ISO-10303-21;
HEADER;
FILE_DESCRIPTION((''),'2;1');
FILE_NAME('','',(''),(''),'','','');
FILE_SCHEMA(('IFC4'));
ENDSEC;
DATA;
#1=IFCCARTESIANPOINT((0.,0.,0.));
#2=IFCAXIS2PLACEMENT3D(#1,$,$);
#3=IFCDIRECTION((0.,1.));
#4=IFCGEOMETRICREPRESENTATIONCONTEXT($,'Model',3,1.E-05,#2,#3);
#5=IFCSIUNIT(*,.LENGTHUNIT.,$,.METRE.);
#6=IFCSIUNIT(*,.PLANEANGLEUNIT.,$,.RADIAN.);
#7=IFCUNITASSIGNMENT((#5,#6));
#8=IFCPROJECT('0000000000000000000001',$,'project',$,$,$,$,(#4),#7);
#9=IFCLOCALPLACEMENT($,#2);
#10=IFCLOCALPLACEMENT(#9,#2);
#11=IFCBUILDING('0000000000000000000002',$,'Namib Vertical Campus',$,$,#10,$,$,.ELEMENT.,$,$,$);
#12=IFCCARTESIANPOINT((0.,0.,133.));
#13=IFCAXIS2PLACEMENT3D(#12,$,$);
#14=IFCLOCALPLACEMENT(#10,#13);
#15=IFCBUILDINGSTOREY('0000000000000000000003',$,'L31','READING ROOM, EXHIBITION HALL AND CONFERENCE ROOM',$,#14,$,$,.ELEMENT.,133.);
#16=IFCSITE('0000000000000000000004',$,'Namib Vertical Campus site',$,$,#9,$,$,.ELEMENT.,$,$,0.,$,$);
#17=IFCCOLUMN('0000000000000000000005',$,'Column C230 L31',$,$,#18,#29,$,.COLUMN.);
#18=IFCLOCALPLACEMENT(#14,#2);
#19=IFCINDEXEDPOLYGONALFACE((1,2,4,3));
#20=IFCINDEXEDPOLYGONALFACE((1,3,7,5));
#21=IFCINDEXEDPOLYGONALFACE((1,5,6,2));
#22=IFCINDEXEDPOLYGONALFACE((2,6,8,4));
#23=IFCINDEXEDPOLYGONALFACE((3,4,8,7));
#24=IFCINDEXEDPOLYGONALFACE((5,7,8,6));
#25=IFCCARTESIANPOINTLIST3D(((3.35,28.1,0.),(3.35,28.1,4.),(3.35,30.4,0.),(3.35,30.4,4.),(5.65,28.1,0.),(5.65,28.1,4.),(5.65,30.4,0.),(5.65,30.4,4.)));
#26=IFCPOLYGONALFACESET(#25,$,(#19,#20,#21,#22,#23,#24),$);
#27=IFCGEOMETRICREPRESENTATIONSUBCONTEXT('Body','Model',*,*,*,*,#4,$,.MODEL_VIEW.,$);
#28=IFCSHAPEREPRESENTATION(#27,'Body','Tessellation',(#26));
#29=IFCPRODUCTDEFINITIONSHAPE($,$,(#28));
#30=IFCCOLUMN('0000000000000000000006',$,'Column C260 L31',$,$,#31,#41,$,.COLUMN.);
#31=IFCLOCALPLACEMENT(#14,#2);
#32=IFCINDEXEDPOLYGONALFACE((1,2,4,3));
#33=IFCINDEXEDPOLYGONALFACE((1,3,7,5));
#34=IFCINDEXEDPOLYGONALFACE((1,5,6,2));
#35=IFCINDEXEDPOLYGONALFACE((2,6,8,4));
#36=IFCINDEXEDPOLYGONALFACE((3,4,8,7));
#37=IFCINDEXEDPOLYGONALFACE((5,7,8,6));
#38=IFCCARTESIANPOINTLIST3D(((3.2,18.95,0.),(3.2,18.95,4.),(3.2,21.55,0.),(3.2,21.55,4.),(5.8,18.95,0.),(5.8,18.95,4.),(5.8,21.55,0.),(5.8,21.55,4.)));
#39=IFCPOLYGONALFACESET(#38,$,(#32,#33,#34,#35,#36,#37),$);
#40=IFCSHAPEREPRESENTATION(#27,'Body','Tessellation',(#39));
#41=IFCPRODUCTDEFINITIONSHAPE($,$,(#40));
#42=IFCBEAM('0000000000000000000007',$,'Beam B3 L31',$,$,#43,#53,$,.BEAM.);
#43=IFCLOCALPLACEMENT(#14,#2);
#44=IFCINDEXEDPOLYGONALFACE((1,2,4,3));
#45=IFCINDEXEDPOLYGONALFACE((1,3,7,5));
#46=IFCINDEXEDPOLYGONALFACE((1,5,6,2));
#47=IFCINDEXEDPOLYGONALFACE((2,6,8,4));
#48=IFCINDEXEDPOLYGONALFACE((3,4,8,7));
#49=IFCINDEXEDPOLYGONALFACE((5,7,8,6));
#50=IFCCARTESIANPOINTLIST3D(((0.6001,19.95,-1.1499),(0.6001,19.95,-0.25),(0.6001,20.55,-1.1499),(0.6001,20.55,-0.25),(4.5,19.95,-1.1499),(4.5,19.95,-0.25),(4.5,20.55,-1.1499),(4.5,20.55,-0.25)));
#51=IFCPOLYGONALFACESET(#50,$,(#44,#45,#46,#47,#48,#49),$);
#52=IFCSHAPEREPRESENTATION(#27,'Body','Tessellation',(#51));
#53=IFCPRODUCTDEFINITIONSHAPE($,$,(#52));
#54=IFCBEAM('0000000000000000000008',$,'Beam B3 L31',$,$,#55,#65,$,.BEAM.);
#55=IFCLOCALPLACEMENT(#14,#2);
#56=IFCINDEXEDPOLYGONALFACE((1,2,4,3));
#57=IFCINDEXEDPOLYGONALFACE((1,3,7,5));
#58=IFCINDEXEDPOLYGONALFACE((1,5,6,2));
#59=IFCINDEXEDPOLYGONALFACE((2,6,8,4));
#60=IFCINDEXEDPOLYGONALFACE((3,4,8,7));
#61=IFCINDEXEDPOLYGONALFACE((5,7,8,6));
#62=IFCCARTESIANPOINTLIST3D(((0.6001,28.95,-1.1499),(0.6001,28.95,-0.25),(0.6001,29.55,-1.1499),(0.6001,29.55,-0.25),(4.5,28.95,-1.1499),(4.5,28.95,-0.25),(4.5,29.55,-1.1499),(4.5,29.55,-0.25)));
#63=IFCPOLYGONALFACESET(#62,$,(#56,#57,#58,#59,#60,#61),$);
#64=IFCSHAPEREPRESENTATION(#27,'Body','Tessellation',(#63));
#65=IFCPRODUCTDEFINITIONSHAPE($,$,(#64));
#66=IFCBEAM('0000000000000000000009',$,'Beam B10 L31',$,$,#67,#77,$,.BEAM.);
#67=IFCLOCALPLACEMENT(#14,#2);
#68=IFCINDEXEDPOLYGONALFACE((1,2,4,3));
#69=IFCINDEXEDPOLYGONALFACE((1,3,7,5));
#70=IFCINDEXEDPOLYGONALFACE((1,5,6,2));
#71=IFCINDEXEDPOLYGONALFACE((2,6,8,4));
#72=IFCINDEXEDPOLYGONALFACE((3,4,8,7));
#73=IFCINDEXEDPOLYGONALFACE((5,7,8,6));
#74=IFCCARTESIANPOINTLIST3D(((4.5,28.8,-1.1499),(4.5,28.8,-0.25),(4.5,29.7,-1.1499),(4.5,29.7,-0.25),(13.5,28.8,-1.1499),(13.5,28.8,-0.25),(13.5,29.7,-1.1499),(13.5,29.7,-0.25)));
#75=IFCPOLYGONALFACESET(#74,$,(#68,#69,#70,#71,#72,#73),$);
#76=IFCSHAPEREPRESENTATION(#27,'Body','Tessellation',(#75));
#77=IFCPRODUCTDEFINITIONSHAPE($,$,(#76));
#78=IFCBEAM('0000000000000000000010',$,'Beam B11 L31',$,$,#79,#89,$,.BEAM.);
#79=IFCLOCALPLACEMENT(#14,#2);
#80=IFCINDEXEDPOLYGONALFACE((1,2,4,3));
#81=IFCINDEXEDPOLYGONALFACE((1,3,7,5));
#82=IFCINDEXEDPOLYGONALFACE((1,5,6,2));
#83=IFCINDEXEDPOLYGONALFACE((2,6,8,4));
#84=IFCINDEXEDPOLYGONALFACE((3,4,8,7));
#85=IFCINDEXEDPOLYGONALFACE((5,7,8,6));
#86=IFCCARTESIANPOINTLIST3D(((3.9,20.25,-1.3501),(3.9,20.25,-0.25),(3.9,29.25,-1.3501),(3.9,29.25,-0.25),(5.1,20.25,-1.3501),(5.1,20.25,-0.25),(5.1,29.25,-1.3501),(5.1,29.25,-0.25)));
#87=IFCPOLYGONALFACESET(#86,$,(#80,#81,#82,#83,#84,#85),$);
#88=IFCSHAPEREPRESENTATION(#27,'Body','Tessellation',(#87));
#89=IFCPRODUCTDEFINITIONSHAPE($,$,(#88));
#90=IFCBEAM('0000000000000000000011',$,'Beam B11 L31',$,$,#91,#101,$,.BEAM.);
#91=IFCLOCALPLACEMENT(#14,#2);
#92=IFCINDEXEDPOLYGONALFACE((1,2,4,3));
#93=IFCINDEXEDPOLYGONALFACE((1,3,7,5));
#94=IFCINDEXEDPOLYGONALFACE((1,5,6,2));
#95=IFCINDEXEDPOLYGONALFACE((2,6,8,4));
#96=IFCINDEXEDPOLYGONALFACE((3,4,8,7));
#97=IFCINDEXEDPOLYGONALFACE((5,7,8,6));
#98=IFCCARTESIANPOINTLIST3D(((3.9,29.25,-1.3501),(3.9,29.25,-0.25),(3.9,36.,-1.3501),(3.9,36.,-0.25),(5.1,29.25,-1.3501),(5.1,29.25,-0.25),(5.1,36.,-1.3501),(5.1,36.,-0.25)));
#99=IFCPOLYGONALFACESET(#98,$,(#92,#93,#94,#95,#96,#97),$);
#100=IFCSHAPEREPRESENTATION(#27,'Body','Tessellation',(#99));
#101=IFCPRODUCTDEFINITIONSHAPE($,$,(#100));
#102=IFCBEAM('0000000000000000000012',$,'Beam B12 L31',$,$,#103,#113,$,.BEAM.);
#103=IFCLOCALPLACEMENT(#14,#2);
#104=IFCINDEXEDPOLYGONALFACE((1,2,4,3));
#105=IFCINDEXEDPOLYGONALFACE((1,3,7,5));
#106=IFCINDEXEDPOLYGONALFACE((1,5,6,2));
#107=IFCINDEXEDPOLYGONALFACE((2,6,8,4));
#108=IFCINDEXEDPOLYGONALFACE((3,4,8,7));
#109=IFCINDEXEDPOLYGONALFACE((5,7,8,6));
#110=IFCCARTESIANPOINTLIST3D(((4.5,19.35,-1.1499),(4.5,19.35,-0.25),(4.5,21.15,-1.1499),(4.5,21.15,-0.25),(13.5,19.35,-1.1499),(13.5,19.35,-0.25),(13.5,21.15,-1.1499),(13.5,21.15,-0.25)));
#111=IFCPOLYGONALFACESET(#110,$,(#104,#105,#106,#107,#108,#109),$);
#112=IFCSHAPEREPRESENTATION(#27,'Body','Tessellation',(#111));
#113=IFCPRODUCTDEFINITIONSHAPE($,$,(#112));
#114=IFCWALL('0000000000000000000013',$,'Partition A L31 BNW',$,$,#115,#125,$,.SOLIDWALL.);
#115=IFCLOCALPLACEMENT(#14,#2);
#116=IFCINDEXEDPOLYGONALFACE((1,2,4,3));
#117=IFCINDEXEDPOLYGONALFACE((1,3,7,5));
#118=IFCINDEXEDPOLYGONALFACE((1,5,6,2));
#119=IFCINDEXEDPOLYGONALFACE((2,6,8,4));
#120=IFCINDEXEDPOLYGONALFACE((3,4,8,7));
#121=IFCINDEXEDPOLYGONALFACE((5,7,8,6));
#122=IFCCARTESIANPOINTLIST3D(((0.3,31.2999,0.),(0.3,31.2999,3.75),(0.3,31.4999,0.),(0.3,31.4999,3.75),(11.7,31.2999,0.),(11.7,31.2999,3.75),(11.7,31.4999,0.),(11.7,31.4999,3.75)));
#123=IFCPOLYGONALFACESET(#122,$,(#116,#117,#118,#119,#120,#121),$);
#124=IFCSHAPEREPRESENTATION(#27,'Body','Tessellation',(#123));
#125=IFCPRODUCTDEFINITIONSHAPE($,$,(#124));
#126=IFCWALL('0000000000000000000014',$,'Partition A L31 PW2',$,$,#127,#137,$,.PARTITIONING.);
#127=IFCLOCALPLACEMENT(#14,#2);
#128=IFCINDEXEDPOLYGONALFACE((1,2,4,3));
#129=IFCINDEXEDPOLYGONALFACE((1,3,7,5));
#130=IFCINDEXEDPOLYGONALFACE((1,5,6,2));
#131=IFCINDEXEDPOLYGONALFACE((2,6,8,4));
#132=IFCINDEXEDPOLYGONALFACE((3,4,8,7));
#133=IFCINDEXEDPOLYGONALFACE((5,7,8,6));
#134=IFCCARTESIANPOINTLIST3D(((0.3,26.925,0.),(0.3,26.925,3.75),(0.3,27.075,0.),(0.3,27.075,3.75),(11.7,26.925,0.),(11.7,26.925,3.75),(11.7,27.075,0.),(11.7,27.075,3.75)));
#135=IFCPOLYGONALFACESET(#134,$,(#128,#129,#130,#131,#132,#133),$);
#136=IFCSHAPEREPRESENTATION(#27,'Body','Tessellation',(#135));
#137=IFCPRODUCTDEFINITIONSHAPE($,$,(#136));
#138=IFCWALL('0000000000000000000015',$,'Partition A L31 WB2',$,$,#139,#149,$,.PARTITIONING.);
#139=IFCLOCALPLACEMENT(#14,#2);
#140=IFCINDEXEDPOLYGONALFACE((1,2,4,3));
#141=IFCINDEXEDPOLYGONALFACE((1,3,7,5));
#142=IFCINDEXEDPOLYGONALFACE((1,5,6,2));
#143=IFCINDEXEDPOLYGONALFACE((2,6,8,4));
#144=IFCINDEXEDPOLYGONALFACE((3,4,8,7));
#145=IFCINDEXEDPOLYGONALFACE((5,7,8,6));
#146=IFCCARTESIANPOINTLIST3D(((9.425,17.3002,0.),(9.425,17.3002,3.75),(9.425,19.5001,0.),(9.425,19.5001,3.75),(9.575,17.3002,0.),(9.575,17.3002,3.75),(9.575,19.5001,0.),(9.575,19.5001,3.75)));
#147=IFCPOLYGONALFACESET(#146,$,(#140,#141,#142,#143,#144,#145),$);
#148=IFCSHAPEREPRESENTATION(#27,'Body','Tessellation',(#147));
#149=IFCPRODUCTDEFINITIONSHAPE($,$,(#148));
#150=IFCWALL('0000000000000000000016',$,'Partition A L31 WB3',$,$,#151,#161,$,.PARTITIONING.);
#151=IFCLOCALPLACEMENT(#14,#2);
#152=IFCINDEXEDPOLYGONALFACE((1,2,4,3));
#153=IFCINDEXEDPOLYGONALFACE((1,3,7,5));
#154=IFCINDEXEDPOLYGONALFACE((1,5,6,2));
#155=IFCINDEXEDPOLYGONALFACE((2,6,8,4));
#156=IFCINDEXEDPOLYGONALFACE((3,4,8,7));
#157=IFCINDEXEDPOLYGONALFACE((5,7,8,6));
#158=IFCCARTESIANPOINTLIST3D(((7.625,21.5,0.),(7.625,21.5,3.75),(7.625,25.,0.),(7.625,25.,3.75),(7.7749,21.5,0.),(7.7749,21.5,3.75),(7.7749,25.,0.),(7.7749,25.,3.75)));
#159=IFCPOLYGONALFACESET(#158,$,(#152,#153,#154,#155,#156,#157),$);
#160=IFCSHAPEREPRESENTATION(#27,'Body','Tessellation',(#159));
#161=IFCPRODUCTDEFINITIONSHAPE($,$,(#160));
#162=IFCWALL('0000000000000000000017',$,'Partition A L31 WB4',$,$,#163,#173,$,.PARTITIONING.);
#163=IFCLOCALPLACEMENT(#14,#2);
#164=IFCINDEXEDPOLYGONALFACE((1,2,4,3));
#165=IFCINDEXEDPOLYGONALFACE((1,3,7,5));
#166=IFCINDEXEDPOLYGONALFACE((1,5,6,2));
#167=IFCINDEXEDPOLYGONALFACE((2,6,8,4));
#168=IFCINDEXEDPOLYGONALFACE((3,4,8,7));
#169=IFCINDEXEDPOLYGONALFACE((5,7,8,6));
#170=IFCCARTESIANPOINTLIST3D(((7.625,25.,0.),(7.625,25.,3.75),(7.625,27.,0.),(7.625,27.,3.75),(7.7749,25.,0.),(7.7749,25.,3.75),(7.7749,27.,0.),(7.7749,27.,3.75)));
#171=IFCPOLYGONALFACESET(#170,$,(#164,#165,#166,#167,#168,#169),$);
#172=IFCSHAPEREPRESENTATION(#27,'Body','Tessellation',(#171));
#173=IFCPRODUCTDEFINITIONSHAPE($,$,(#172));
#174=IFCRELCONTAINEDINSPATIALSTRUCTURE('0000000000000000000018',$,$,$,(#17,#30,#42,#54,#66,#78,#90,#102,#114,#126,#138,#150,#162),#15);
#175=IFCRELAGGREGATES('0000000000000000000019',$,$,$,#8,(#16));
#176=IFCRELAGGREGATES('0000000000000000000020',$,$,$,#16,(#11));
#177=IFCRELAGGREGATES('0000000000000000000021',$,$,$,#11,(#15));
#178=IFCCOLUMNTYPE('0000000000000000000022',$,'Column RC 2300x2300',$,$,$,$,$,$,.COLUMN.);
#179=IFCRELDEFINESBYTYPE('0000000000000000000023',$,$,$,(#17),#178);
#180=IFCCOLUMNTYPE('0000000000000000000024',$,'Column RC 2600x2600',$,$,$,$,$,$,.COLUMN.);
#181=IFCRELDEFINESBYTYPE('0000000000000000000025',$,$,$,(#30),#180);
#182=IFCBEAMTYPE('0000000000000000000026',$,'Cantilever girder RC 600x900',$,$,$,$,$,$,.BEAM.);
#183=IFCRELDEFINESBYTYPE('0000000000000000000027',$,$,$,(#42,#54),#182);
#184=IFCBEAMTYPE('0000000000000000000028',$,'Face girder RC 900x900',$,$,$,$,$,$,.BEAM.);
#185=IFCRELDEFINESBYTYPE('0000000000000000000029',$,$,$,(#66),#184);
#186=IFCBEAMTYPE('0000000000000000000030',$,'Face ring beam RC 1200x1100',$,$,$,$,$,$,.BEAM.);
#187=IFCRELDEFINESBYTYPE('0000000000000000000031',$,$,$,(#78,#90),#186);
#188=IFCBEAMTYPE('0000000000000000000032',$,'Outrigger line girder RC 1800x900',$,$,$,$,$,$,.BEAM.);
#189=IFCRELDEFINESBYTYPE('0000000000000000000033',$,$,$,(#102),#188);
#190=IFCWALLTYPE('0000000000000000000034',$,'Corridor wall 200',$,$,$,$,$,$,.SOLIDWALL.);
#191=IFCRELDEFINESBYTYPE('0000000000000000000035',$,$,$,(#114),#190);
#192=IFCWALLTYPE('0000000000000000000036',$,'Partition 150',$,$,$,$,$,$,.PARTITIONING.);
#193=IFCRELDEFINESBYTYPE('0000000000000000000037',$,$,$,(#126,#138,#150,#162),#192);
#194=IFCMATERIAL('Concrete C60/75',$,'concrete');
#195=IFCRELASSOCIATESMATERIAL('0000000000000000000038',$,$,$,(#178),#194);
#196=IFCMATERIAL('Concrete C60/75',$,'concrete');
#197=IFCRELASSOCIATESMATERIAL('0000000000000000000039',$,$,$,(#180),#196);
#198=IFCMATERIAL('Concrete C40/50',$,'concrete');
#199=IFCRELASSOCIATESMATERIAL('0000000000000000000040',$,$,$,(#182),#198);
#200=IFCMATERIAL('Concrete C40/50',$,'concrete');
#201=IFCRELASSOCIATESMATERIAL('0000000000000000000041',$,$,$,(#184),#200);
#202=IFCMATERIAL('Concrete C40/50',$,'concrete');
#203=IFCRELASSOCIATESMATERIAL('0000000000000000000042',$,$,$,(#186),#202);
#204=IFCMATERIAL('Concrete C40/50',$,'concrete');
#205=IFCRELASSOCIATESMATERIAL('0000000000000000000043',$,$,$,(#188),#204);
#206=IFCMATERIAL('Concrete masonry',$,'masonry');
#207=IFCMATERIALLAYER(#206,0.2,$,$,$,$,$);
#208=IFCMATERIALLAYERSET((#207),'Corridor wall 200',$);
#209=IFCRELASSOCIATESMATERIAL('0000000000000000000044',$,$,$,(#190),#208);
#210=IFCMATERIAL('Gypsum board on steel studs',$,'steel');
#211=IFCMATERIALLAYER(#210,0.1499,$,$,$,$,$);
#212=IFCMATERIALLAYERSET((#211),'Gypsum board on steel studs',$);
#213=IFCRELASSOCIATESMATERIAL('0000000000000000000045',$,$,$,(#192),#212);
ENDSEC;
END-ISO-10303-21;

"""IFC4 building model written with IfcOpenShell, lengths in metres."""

from ifc_helpers import new_model, si_unit, direction, frame, frame_2d, origin, origin_2d, place, context, subcontext, project, spatial, rectangle, extrude, material, layer, layer_set, material_profile, profile_set, type_object, element, save


model = new_model("IFC4")

# Units and contexts
model_context = context("Model", 3, precision=1e-05, world=origin(), true_north=direction((0.0, 1.0)))
body_context = subcontext(model_context, "Body", "Model", "MODEL_VIEW")
ifc_project = project(units=[si_unit("LENGTHUNIT", "METRE"), si_unit("PLANEANGLEUNIT", "RADIAN")], contexts=[model_context])

# Site, building, storey
site_placement = place(None, origin())
site = spatial("IfcSite", under=ifc_project, at=site_placement, Name="Namib Vertical Campus site", CompositionType="ELEMENT", RefElevation=0.0)
building_placement = place(site_placement, origin())
building = spatial("IfcBuilding", under=site, at=building_placement, Name="Namib Vertical Campus", CompositionType="ELEMENT")
storey_placement = place(building_placement, frame((0.0, 0.0, 133.0)))
storey = spatial("IfcBuildingStorey", under=building, at=storey_placement, Name="L31", Description="READING ROOM, EXHIBITION HALL AND CONFERENCE ROOM", CompositionType="ELEMENT", Elevation=133.0)

# Columns
ifc_material_1 = material(Name="Concrete C60/75", Category="concrete")
ifc_material_profile_1 = material_profile(ifc_material_1, rectangle(XDim=2.3, YDim=2.3, at=origin_2d()))
ifc_profile_set_1 = profile_set([ifc_material_profile_1], Name="Concrete C60/75")
column_type_1 = type_object("IfcColumnType", Name="Column RC 2300x2300", PredefinedType="COLUMN", material=ifc_profile_set_1)
column_1_placement = place(storey_placement, frame((4.5, 29.25, 0.0), z_axis=(0.0, 0.0, 1.0), x_axis=(1.0, 0.0, 0.0)))
element("IfcColumn", 1, at=column_1_placement, inside=storey, type_object=column_type_1, Name="Column C230 L31", PredefinedType="COLUMN", context=body_context, shape_type="SweptSolid", body=[
    extrude(rectangle(XDim=2.3, YDim=2.3, at=origin_2d()), origin(), (0.0, 0.0, 1.0), 4.0),
])
ifc_material_2 = material(Name="Concrete C60/75", Category="concrete")
ifc_material_profile_2 = material_profile(ifc_material_2, rectangle(XDim=2.6001, YDim=2.6001, at=origin_2d()))
ifc_profile_set_2 = profile_set([ifc_material_profile_2], Name="Concrete C60/75")
column_type_2 = type_object("IfcColumnType", Name="Column RC 2600x2600", PredefinedType="COLUMN", material=ifc_profile_set_2)
column_2_placement = place(storey_placement, frame((4.5, 20.25, 0.0), z_axis=(0.0, 0.0, 1.0), x_axis=(1.0, 0.0, 0.0)))
element("IfcColumn", 2, at=column_2_placement, inside=storey, type_object=column_type_2, Name="Column C260 L31", PredefinedType="COLUMN", context=body_context, shape_type="SweptSolid", body=[
    extrude(rectangle(XDim=2.6001, YDim=2.6001, at=origin_2d()), origin(), (0.0, 0.0, 1.0), 4.0),
])

# Beams
ifc_material_3 = material(Name="Concrete C40/50", Category="concrete")
ifc_material_profile_3 = material_profile(ifc_material_3, rectangle(XDim=0.6001, YDim=0.8999, at=origin_2d()))
ifc_profile_set_3 = profile_set([ifc_material_profile_3], Name="Concrete C40/50")
beam_type_1 = type_object("IfcBeamType", Name="Cantilever girder RC 600x900", PredefinedType="BEAM", material=ifc_profile_set_3)
for number, where, z_axis, x_axis, name in (
    (3, (4.5, 20.25, -0.7), (-1.0, 0.0, 0.0), (0.0, -1.0, 0.0), "Beam B3 L31"),
    (4, (4.5, 29.25, -0.7), (-1.0, 0.0, 0.0), (0.0, -1.0, 0.0), "Beam B3 L31"),
):
    element("IfcBeam", number, at=place(storey_placement, frame(where, z_axis=z_axis, x_axis=x_axis)), inside=storey, type_object=beam_type_1, Name=name, PredefinedType="BEAM", context=body_context, shape_type="SweptSolid", body=[
        extrude(rectangle(XDim=0.6001, YDim=0.8999, at=origin_2d()), origin(), (0.0, 0.0, 1.0), 3.8999),
    ])
ifc_material_4 = material(Name="Concrete C40/50", Category="concrete")
ifc_material_profile_4 = material_profile(ifc_material_4, rectangle(XDim=0.8999, YDim=0.8999, at=origin_2d()))
ifc_profile_set_4 = profile_set([ifc_material_profile_4], Name="Concrete C40/50")
beam_type_2 = type_object("IfcBeamType", Name="Face girder RC 900x900", PredefinedType="BEAM", material=ifc_profile_set_4)
beam_1_placement = place(storey_placement, frame((4.5, 29.25, -0.7), z_axis=(1.0, 0.0, 0.0), x_axis=(0.0, 1.0, 0.0)))
element("IfcBeam", 5, at=beam_1_placement, inside=storey, type_object=beam_type_2, Name="Beam B10 L31", PredefinedType="BEAM", context=body_context, shape_type="SweptSolid", body=[
    extrude(rectangle(XDim=0.8999, YDim=0.8999, at=origin_2d()), origin(), (0.0, 0.0, 1.0), 9.0),
])
ifc_material_5 = material(Name="Concrete C40/50", Category="concrete")
ifc_material_profile_5 = material_profile(ifc_material_5, rectangle(XDim=1.2, YDim=1.1001, at=origin_2d()))
ifc_profile_set_5 = profile_set([ifc_material_profile_5], Name="Concrete C40/50")
beam_type_3 = type_object("IfcBeamType", Name="Face ring beam RC 1200x1100", PredefinedType="BEAM", material=ifc_profile_set_5)
beam_2_placement = place(storey_placement, frame((4.5, 20.25, -0.8), z_axis=(0.0, 1.0, 0.0), x_axis=(-1.0, 0.0, 0.0)))
element("IfcBeam", 6, at=beam_2_placement, inside=storey, type_object=beam_type_3, Name="Beam B11 L31", PredefinedType="BEAM", context=body_context, shape_type="SweptSolid", body=[
    extrude(rectangle(XDim=1.2, YDim=1.1001, at=origin_2d()), origin(), (0.0, 0.0, 1.0), 9.0),
])
beam_3_placement = place(storey_placement, frame((4.5, 29.25, -0.8), z_axis=(0.0, 1.0, 0.0), x_axis=(-1.0, 0.0, 0.0)))
element("IfcBeam", 7, at=beam_3_placement, inside=storey, type_object=beam_type_3, Name="Beam B11 L31", PredefinedType="BEAM", context=body_context, shape_type="SweptSolid", body=[
    extrude(rectangle(XDim=1.2, YDim=1.1001, at=origin_2d()), origin(), (0.0, 0.0, 1.0), 6.75),
])
ifc_material_6 = material(Name="Concrete C40/50", Category="concrete")
ifc_material_profile_6 = material_profile(ifc_material_6, rectangle(XDim=1.8, YDim=0.8999, at=origin_2d()))
ifc_profile_set_6 = profile_set([ifc_material_profile_6], Name="Concrete C40/50")
beam_type_4 = type_object("IfcBeamType", Name="Outrigger line girder RC 1800x900", PredefinedType="BEAM", material=ifc_profile_set_6)
beam_4_placement = place(storey_placement, frame((4.5, 20.25, -0.7), z_axis=(1.0, 0.0, 0.0), x_axis=(0.0, 1.0, 0.0)))
element("IfcBeam", 8, at=beam_4_placement, inside=storey, type_object=beam_type_4, Name="Beam B12 L31", PredefinedType="BEAM", context=body_context, shape_type="SweptSolid", body=[
    extrude(rectangle(XDim=1.8, YDim=0.8999, at=origin_2d()), origin(), (0.0, 0.0, 1.0), 9.0),
])

# Walls
ifc_material_7 = material(Name="Concrete masonry", Category="masonry")
ifc_layer_1 = layer(ifc_material_7, 0.2)
ifc_layer_set_1 = layer_set([ifc_layer_1], Name="Corridor wall 200")
wall_type_1 = type_object("IfcWallType", Name="Corridor wall 200", PredefinedType="SOLIDWALL", material=ifc_layer_set_1)
wall_1_placement = place(storey_placement, frame((0.3, 31.3999, 0.0), z_axis=(0.0, 0.0, 1.0), x_axis=(1.0, 0.0, 0.0)))
element("IfcWall", 9, at=wall_1_placement, inside=storey, type_object=wall_type_1, Name="Partition A L31 BNW", PredefinedType="SOLIDWALL", context=body_context, shape_type="SweptSolid", body=[
    extrude(rectangle(XDim=11.3999, YDim=0.2, at=frame_2d((5.7, 0.0))), origin(), (0.0, 0.0, 1.0), 3.75),
])
ifc_material_8 = material(Name="Gypsum board on steel studs", Category="steel")
ifc_layer_2 = layer(ifc_material_8, 0.1499)
ifc_layer_set_2 = layer_set([ifc_layer_2], Name="Gypsum board on steel studs")
wall_type_2 = type_object("IfcWallType", Name="Partition 150", PredefinedType="PARTITIONING", material=ifc_layer_set_2)
wall_2_placement = place(storey_placement, frame((0.3, 27.0, 0.0), z_axis=(0.0, 0.0, 1.0), x_axis=(1.0, 0.0, 0.0)))
element("IfcWall", 10, at=wall_2_placement, inside=storey, type_object=wall_type_2, Name="Partition A L31 PW2", PredefinedType="PARTITIONING", context=body_context, shape_type="SweptSolid", body=[
    extrude(rectangle(XDim=11.3999, YDim=0.1499, at=frame_2d((5.7, 0.0))), origin(), (0.0, 0.0, 1.0), 3.75),
])
wall_3_placement = place(storey_placement, frame((9.5, 17.3, 0.0), z_axis=(0.0, 0.0, 1.0), x_axis=(0.0, 1.0, 0.0)))
element("IfcWall", 11, at=wall_3_placement, inside=storey, type_object=wall_type_2, Name="Partition A L31 WB2", PredefinedType="PARTITIONING", context=body_context, shape_type="SweptSolid", body=[
    extrude(rectangle(XDim=2.2, YDim=0.1499, at=frame_2d((1.1001, 0.0))), origin(), (0.0, 0.0, 1.0), 3.75),
])
wall_4_placement = place(storey_placement, frame((7.7, 21.5, 0.0), z_axis=(0.0, 0.0, 1.0), x_axis=(0.0, 1.0, 0.0)))
element("IfcWall", 12, at=wall_4_placement, inside=storey, type_object=wall_type_2, Name="Partition A L31 WB3", PredefinedType="PARTITIONING", context=body_context, shape_type="SweptSolid", body=[
    extrude(rectangle(XDim=3.5, YDim=0.1499, at=frame_2d((1.75, 0.0))), origin(), (0.0, 0.0, 1.0), 3.75),
])
wall_5_placement = place(storey_placement, frame((7.7, 25.0, 0.0), z_axis=(0.0, 0.0, 1.0), x_axis=(0.0, 1.0, 0.0)))
element("IfcWall", 13, at=wall_5_placement, inside=storey, type_object=wall_type_2, Name="Partition A L31 WB4", PredefinedType="PARTITIONING", context=body_context, shape_type="SweptSolid", body=[
    extrude(rectangle(XDim=2.0, YDim=0.1499, at=frame_2d((1.0, 0.0))), origin(), (0.0, 0.0, 1.0), 3.75),
])

save(model, "model.ifc")
